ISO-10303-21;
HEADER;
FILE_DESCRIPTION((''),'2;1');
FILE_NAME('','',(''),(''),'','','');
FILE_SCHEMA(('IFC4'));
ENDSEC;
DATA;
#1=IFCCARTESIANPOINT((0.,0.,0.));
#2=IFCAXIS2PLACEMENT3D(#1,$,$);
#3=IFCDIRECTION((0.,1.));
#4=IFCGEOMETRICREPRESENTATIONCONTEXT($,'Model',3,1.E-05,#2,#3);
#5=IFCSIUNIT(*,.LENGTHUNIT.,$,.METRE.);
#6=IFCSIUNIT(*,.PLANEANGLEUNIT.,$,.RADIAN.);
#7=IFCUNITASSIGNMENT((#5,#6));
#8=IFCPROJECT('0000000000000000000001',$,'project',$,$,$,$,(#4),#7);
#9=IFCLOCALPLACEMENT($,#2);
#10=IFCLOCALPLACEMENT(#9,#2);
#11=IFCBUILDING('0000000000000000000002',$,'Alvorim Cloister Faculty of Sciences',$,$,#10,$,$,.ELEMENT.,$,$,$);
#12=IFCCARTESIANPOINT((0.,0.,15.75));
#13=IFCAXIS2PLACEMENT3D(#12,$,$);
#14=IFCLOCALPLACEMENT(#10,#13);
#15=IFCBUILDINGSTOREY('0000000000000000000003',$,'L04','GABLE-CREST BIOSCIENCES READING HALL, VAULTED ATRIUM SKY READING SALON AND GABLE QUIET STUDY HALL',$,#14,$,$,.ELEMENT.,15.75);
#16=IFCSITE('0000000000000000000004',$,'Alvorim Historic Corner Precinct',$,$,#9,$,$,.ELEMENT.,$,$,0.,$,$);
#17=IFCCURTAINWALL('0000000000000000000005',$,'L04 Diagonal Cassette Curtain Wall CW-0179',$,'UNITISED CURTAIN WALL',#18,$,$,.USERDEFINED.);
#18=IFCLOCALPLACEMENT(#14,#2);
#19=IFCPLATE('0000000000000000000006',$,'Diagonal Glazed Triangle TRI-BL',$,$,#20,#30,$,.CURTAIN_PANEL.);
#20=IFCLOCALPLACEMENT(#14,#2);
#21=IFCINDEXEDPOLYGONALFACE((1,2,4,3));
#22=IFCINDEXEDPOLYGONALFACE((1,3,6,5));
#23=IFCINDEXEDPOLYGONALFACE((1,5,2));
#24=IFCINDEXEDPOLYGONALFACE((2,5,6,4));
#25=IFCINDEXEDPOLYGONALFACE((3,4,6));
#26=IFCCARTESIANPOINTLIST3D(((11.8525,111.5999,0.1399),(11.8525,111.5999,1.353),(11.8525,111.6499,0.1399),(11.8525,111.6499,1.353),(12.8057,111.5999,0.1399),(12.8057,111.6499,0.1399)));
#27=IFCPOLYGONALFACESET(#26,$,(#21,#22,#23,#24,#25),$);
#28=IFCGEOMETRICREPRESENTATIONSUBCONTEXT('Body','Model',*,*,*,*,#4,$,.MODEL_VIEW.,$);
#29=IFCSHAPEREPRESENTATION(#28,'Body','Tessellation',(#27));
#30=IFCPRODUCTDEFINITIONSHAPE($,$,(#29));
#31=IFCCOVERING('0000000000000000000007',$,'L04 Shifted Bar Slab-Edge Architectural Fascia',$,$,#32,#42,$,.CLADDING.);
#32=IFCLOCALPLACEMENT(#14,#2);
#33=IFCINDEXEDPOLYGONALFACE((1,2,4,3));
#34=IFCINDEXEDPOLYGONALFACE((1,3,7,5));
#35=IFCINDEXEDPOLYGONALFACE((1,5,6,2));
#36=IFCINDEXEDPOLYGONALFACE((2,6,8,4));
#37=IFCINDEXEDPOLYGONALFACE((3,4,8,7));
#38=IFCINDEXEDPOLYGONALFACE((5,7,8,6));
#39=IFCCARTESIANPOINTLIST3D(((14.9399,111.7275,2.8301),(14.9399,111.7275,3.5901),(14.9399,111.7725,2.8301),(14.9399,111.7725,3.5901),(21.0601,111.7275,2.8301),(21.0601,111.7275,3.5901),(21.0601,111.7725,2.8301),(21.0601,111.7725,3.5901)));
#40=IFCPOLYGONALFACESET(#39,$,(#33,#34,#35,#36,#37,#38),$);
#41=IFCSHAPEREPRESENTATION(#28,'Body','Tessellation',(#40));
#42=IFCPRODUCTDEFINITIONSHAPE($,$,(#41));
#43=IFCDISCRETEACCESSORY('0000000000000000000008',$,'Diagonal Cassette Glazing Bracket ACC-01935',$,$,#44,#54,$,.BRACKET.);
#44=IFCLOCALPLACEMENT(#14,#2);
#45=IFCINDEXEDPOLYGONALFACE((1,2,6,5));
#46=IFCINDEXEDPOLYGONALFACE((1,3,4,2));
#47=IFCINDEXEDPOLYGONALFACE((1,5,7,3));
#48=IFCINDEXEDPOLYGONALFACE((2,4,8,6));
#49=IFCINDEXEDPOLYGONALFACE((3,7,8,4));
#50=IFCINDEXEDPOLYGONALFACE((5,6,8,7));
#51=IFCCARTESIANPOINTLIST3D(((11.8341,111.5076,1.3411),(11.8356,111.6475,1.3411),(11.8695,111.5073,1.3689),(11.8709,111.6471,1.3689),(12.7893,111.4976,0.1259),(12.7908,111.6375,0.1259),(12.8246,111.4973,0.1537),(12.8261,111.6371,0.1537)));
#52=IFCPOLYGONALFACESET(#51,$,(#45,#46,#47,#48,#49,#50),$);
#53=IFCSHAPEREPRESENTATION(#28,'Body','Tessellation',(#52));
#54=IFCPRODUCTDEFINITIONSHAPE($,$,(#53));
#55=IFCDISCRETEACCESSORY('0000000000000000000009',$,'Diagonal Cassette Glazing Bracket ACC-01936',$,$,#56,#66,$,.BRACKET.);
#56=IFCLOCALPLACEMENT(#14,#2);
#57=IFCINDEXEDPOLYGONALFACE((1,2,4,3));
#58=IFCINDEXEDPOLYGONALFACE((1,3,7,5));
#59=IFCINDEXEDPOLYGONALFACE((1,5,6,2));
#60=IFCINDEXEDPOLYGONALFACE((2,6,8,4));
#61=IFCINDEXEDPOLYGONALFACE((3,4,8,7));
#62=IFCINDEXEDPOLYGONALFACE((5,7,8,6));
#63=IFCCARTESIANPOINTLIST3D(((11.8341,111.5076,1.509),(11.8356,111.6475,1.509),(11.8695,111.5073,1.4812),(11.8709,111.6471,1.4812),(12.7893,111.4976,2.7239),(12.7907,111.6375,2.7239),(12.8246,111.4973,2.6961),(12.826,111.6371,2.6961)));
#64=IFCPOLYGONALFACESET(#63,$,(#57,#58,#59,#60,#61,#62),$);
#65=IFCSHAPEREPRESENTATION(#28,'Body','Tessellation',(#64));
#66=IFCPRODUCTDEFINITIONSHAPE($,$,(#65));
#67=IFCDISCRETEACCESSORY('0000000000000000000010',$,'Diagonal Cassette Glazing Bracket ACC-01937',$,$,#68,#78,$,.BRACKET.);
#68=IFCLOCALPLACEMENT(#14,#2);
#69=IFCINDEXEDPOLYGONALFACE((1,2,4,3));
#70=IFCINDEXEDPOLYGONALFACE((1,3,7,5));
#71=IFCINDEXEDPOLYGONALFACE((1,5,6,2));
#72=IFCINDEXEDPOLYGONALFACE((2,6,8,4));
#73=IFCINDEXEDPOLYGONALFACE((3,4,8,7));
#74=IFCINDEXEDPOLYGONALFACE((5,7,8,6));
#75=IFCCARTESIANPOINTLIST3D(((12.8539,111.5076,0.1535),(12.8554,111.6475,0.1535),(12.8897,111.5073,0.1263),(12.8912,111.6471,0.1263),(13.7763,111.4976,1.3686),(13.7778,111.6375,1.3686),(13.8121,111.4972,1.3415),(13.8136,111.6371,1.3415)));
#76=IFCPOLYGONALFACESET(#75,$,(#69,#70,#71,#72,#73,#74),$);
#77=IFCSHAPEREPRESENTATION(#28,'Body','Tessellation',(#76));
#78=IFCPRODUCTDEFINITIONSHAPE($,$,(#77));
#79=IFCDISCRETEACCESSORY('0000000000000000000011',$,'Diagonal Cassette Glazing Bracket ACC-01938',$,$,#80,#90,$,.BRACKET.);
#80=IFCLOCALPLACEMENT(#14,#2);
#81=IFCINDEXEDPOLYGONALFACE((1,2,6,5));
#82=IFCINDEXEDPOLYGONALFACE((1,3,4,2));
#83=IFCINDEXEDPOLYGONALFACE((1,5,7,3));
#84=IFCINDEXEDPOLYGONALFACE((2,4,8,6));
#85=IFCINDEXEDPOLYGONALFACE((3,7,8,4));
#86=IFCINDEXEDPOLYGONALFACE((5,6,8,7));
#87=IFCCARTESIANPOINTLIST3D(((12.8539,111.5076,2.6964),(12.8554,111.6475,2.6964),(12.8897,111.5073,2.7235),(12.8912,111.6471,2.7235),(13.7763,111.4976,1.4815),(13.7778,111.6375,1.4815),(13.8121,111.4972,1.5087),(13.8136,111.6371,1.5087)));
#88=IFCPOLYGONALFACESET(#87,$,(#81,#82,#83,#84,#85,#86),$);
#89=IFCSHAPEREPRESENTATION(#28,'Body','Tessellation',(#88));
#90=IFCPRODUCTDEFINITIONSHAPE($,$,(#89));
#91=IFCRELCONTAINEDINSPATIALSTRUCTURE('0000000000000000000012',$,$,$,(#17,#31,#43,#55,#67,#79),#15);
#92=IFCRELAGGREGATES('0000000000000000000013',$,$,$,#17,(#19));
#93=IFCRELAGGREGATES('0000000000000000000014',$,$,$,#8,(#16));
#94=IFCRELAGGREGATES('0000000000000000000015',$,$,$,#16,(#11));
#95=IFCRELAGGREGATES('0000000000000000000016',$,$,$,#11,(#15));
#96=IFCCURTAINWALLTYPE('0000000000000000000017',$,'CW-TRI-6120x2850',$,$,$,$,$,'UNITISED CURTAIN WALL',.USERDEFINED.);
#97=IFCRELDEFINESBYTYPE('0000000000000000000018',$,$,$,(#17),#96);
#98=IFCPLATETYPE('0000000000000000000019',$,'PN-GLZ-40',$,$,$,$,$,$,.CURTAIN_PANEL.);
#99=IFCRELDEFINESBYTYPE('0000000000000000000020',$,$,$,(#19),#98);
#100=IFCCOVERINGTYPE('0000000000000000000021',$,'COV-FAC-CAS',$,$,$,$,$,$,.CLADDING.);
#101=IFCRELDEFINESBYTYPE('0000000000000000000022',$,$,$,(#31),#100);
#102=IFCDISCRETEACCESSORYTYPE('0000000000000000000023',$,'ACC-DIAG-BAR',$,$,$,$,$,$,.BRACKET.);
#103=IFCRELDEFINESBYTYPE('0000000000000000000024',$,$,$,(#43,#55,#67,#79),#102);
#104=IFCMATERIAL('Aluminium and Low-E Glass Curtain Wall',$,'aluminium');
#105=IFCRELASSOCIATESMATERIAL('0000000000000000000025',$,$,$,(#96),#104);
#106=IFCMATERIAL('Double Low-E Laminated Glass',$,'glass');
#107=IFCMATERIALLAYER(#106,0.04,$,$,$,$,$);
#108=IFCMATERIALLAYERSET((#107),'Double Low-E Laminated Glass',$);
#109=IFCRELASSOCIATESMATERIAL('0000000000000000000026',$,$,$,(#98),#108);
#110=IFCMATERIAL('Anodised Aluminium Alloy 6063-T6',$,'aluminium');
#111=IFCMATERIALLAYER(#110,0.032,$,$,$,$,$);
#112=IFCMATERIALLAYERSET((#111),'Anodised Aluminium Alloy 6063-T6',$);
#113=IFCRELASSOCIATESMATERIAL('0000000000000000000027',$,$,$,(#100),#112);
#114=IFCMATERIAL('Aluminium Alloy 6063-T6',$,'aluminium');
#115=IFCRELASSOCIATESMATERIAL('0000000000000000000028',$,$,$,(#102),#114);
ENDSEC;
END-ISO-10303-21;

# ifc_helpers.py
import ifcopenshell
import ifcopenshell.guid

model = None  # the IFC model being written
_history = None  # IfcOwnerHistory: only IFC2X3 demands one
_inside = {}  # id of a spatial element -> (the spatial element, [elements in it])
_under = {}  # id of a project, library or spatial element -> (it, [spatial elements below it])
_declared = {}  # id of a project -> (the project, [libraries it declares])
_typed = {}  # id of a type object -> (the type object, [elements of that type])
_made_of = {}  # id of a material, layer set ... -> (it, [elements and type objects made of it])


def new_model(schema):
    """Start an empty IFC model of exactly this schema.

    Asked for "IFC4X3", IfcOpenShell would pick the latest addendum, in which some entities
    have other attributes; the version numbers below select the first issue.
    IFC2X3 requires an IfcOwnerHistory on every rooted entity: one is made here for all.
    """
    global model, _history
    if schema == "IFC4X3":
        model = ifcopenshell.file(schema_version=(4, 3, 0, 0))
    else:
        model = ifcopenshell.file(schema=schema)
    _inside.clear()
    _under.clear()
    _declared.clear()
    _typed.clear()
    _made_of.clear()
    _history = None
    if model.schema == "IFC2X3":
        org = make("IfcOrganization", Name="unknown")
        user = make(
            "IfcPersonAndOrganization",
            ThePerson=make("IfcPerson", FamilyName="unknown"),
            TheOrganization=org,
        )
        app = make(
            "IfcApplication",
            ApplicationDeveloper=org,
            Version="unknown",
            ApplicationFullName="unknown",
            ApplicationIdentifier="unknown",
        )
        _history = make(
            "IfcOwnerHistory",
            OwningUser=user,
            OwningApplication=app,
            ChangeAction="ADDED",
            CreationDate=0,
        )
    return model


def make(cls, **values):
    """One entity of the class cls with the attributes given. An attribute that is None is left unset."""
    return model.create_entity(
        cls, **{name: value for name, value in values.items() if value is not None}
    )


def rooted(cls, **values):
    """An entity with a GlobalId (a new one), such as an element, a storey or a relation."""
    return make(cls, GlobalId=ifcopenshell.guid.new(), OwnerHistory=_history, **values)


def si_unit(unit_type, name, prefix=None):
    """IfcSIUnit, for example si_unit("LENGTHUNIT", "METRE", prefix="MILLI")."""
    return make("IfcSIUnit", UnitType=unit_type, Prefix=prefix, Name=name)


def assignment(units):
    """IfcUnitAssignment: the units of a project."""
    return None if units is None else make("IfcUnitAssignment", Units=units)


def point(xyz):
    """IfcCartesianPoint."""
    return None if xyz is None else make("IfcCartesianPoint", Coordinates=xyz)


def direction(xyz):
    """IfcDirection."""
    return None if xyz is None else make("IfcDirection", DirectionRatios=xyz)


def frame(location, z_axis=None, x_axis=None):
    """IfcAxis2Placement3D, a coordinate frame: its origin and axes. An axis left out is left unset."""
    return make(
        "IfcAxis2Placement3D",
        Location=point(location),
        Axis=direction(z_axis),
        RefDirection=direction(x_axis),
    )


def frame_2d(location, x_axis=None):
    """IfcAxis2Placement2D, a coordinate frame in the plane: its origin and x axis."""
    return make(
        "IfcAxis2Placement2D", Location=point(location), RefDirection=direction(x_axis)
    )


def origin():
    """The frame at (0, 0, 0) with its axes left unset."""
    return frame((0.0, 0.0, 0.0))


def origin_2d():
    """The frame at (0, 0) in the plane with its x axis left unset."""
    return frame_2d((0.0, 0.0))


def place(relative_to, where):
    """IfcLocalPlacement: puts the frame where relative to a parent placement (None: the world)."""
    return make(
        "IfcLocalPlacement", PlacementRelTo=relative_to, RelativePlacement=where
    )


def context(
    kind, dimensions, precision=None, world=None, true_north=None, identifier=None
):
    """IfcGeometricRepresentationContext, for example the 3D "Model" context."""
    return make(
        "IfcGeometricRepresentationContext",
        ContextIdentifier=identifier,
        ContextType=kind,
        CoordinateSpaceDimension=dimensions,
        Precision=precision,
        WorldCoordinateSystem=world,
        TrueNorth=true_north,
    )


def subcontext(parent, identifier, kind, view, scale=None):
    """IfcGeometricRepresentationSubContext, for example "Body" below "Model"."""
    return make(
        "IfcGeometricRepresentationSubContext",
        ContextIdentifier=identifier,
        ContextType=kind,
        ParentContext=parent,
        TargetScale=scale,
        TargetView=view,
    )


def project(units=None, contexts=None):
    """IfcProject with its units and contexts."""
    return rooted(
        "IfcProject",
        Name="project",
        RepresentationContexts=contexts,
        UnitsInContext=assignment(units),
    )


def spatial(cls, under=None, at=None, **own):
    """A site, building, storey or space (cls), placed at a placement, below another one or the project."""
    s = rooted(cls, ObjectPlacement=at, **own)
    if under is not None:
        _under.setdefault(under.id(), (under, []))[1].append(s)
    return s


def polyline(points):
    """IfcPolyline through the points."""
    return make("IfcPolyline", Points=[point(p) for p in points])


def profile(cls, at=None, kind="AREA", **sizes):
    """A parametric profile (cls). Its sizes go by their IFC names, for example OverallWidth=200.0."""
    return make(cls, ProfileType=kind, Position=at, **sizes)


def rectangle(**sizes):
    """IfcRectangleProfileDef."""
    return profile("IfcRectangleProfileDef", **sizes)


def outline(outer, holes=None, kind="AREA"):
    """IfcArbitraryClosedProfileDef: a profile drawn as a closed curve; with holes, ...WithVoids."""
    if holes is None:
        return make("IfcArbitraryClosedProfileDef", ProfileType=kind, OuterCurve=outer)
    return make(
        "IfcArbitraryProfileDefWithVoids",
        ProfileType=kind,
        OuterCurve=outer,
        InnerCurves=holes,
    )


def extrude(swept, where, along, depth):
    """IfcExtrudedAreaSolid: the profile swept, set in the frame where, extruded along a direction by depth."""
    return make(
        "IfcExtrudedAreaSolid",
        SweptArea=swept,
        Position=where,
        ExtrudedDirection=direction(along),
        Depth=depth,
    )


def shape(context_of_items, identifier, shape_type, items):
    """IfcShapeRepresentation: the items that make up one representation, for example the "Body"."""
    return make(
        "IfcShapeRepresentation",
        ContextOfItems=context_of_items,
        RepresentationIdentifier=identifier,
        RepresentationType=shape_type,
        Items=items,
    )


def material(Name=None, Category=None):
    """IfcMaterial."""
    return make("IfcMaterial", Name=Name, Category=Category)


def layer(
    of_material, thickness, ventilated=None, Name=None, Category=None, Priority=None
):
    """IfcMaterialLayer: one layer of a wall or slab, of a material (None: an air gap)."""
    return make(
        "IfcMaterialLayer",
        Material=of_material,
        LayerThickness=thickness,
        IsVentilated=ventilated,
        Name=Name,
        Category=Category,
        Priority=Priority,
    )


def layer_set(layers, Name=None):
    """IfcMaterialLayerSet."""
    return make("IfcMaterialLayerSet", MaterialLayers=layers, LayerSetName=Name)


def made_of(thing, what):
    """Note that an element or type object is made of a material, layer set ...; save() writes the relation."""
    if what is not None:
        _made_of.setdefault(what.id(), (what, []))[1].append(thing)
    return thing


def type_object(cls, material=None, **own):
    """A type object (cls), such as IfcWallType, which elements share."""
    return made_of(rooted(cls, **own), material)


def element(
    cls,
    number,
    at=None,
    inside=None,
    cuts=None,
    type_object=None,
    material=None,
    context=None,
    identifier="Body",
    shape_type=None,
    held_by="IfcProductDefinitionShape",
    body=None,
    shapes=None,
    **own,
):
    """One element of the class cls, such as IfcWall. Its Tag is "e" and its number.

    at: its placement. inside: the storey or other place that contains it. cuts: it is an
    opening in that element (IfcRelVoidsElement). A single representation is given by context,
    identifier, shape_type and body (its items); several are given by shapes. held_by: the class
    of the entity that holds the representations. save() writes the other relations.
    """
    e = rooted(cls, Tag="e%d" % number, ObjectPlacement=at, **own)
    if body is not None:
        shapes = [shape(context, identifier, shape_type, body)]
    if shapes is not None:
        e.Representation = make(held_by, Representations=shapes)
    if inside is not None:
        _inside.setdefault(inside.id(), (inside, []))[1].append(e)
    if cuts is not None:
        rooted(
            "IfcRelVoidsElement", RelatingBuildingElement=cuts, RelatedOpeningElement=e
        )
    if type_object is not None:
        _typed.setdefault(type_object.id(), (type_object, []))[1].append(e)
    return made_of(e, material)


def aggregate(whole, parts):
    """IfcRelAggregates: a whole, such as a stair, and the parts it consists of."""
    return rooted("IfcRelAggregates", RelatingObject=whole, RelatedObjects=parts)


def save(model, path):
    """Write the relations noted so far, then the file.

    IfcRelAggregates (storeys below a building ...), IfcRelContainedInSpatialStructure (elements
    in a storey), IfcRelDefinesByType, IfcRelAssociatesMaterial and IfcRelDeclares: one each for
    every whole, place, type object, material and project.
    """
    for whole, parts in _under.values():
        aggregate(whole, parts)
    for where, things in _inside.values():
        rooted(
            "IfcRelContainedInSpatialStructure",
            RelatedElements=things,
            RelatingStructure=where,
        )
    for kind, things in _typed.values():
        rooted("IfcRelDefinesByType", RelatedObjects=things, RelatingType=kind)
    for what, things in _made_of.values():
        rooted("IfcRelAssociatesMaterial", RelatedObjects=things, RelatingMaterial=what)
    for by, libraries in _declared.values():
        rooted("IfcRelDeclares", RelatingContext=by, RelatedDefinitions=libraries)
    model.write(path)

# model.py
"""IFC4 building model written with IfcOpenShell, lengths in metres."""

from ifc_helpers import new_model, si_unit, direction, frame, origin, origin_2d, place, context, subcontext, project, spatial, polyline, rectangle, outline, extrude, material, layer, layer_set, type_object, element, aggregate, save


model = new_model("IFC4")

# Units and contexts
model_context = context("Model", 3, precision=1e-05, world=origin(), true_north=direction((0.0, 1.0)))
body_context = subcontext(model_context, "Body", "Model", "MODEL_VIEW")
ifc_project = project(units=[si_unit("LENGTHUNIT", "METRE"), si_unit("PLANEANGLEUNIT", "RADIAN")], contexts=[model_context])

# Site, building, storey
site_placement = place(None, origin())
site = spatial("IfcSite", under=ifc_project, at=site_placement, Name="Alvorim Historic Corner Precinct", CompositionType="ELEMENT", RefElevation=0.0)
building_placement = place(site_placement, origin())
building = spatial("IfcBuilding", under=site, at=building_placement, Name="Alvorim Cloister Faculty of Sciences", CompositionType="ELEMENT")
storey_placement = place(building_placement, frame((0.0, 0.0, 15.75)))
storey = spatial("IfcBuildingStorey", under=building, at=storey_placement, Name="L04", Description="GABLE-CREST BIOSCIENCES READING HALL, VAULTED ATRIUM SKY READING SALON AND GABLE QUIET STUDY HALL", CompositionType="ELEMENT", Elevation=15.75)

# Curtain wall
ifc_material_1 = material(Name="Aluminium and Low-E Glass Curtain Wall", Category="aluminium")
curtain_wall_type = type_object("IfcCurtainWallType", Name="CW-TRI-6120x2850", ElementType="UNITISED CURTAIN WALL", PredefinedType="USERDEFINED", material=ifc_material_1)
curtain_wall_1_placement = place(storey_placement, origin())
curtain_wall_1 = element("IfcCurtainWall", 1, at=curtain_wall_1_placement, inside=storey, type_object=curtain_wall_type, Name="L04 Diagonal Cassette Curtain Wall CW-0179", ObjectType="UNITISED CURTAIN WALL", PredefinedType="USERDEFINED")
ifc_material_2 = material(Name="Aluminium Alloy 6063-T6", Category="aluminium")

# Plate
ifc_material_3 = material(Name="Double Low-E Laminated Glass", Category="glass")
ifc_layer_1 = layer(ifc_material_3, 0.04)
ifc_layer_set_1 = layer_set([ifc_layer_1], Name="Double Low-E Laminated Glass")
plate_type = type_object("IfcPlateType", Name="PN-GLZ-40", PredefinedType="CURTAIN_PANEL", material=ifc_layer_set_1)
plate_1_placement = place(storey_placement, frame((11.8525, 111.625, 0.1399), z_axis=(0.0, 0.0, 1.0), x_axis=(1.0, 0.0, 0.0)))
plate_1 = element("IfcPlate", 2, at=plate_1_placement, type_object=plate_type, Name="Diagonal Glazed Triangle TRI-BL", PredefinedType="CURTAIN_PANEL", context=body_context, shape_type="SweptSolid", body=[
    extrude(outline(polyline([(0.0, 0.0), (0.9531, 0.0), (0.0, 1.2131), (0.0, 0.0)])), frame((0.0, 0.0249, 0.0), z_axis=(0.0, -1.0, 0.0), x_axis=(1.0, 0.0, 0.0)), (0.0, 0.0, 1.0), 0.05),
])
aggregate(curtain_wall_1, [plate_1])

# Covering
ifc_material_4 = material(Name="Anodised Aluminium Alloy 6063-T6", Category="aluminium")
ifc_layer_2 = layer(ifc_material_4, 0.032)
ifc_layer_set_2 = layer_set([ifc_layer_2], Name="Anodised Aluminium Alloy 6063-T6")
covering_type = type_object("IfcCoveringType", Name="COV-FAC-CAS", PredefinedType="CLADDING", material=ifc_layer_set_2)
covering_placement = place(storey_placement, frame((14.9399, 111.75, 2.8301), z_axis=(0.0, 0.0, 1.0), x_axis=(1.0, 0.0, 0.0)))
element("IfcCovering", 3, at=covering_placement, inside=storey, type_object=covering_type, Name="L04 Shifted Bar Slab-Edge Architectural Fascia", PredefinedType="CLADDING", context=body_context, shape_type="SweptSolid", body=[
    extrude(outline(polyline([(0.0, 0.0), (6.1201, 0.0), (6.1201, 0.76), (0.0, 0.76), (0.0, 0.0)])), frame((0.0, 0.0225, 0.0), z_axis=(0.0, -1.0, 0.0), x_axis=(1.0, 0.0, 0.0)), (0.0, 0.0, 1.0), 0.0449),
])

# Discrete accessories
discrete_accessory_type = type_object("IfcDiscreteAccessoryType", Name="ACC-DIAG-BAR", PredefinedType="BRACKET", material=ifc_material_2)
discrete_accessory_1_placement = place(storey_placement, frame((11.8525, 111.5774, 1.355), z_axis=(0.617955, -0.006477, -0.786187), x_axis=(0.01048, 0.999945, 0.0)))
element("IfcDiscreteAccessory", 4, at=discrete_accessory_1_placement, inside=storey, type_object=discrete_accessory_type, Name="Diagonal Cassette Glazing Bracket ACC-01935", PredefinedType="BRACKET", context=body_context, shape_type="SweptSolid", body=[
    extrude(rectangle(XDim=0.1399, YDim=0.0449, at=origin_2d()), origin(), (0.0, 0.0, 1.0), 1.5457),
])
discrete_accessory_2_placement = place(storey_placement, frame((11.8525, 111.5774, 1.4951), z_axis=(0.618032, -0.006477, 0.786126), x_axis=(0.01048, 0.999945, 0.0)))
element("IfcDiscreteAccessory", 5, at=discrete_accessory_2_placement, inside=storey, type_object=discrete_accessory_type, Name="Diagonal Cassette Glazing Bracket ACC-01936", PredefinedType="BRACKET", context=body_context, shape_type="SweptSolid", body=[
    extrude(rectangle(XDim=0.1399, YDim=0.0449, at=origin_2d()), origin(), (0.0, 0.0, 1.0), 1.5454),
])
discrete_accessory_3_placement = place(storey_placement, frame((12.8726, 111.5774, 0.1399), z_axis=(0.604612, -0.006561, 0.796493), x_axis=(0.010852, 0.999941, 0.0)))
element("IfcDiscreteAccessory", 6, at=discrete_accessory_3_placement, inside=storey, type_object=discrete_accessory_type, Name="Diagonal Cassette Glazing Bracket ACC-01937", PredefinedType="BRACKET", context=body_context, shape_type="SweptSolid", body=[
    extrude(rectangle(XDim=0.1399, YDim=0.0449, at=origin_2d()), origin(), (0.0, 0.0, 1.0), 1.5256),
])
discrete_accessory_4_placement = place(storey_placement, frame((12.8726, 111.5774, 2.71), z_axis=(0.604689, -0.006562, -0.796435), x_axis=(0.010852, 0.999941, 0.0)))
element("IfcDiscreteAccessory", 7, at=discrete_accessory_4_placement, inside=storey, type_object=discrete_accessory_type, Name="Diagonal Cassette Glazing Bracket ACC-01938", PredefinedType="BRACKET", context=body_context, shape_type="SweptSolid", body=[
    extrude(rectangle(XDim=0.1399, YDim=0.0449, at=origin_2d()), origin(), (0.0, 0.0, 1.0), 1.5254),
])

save(model, "model.ifc")
